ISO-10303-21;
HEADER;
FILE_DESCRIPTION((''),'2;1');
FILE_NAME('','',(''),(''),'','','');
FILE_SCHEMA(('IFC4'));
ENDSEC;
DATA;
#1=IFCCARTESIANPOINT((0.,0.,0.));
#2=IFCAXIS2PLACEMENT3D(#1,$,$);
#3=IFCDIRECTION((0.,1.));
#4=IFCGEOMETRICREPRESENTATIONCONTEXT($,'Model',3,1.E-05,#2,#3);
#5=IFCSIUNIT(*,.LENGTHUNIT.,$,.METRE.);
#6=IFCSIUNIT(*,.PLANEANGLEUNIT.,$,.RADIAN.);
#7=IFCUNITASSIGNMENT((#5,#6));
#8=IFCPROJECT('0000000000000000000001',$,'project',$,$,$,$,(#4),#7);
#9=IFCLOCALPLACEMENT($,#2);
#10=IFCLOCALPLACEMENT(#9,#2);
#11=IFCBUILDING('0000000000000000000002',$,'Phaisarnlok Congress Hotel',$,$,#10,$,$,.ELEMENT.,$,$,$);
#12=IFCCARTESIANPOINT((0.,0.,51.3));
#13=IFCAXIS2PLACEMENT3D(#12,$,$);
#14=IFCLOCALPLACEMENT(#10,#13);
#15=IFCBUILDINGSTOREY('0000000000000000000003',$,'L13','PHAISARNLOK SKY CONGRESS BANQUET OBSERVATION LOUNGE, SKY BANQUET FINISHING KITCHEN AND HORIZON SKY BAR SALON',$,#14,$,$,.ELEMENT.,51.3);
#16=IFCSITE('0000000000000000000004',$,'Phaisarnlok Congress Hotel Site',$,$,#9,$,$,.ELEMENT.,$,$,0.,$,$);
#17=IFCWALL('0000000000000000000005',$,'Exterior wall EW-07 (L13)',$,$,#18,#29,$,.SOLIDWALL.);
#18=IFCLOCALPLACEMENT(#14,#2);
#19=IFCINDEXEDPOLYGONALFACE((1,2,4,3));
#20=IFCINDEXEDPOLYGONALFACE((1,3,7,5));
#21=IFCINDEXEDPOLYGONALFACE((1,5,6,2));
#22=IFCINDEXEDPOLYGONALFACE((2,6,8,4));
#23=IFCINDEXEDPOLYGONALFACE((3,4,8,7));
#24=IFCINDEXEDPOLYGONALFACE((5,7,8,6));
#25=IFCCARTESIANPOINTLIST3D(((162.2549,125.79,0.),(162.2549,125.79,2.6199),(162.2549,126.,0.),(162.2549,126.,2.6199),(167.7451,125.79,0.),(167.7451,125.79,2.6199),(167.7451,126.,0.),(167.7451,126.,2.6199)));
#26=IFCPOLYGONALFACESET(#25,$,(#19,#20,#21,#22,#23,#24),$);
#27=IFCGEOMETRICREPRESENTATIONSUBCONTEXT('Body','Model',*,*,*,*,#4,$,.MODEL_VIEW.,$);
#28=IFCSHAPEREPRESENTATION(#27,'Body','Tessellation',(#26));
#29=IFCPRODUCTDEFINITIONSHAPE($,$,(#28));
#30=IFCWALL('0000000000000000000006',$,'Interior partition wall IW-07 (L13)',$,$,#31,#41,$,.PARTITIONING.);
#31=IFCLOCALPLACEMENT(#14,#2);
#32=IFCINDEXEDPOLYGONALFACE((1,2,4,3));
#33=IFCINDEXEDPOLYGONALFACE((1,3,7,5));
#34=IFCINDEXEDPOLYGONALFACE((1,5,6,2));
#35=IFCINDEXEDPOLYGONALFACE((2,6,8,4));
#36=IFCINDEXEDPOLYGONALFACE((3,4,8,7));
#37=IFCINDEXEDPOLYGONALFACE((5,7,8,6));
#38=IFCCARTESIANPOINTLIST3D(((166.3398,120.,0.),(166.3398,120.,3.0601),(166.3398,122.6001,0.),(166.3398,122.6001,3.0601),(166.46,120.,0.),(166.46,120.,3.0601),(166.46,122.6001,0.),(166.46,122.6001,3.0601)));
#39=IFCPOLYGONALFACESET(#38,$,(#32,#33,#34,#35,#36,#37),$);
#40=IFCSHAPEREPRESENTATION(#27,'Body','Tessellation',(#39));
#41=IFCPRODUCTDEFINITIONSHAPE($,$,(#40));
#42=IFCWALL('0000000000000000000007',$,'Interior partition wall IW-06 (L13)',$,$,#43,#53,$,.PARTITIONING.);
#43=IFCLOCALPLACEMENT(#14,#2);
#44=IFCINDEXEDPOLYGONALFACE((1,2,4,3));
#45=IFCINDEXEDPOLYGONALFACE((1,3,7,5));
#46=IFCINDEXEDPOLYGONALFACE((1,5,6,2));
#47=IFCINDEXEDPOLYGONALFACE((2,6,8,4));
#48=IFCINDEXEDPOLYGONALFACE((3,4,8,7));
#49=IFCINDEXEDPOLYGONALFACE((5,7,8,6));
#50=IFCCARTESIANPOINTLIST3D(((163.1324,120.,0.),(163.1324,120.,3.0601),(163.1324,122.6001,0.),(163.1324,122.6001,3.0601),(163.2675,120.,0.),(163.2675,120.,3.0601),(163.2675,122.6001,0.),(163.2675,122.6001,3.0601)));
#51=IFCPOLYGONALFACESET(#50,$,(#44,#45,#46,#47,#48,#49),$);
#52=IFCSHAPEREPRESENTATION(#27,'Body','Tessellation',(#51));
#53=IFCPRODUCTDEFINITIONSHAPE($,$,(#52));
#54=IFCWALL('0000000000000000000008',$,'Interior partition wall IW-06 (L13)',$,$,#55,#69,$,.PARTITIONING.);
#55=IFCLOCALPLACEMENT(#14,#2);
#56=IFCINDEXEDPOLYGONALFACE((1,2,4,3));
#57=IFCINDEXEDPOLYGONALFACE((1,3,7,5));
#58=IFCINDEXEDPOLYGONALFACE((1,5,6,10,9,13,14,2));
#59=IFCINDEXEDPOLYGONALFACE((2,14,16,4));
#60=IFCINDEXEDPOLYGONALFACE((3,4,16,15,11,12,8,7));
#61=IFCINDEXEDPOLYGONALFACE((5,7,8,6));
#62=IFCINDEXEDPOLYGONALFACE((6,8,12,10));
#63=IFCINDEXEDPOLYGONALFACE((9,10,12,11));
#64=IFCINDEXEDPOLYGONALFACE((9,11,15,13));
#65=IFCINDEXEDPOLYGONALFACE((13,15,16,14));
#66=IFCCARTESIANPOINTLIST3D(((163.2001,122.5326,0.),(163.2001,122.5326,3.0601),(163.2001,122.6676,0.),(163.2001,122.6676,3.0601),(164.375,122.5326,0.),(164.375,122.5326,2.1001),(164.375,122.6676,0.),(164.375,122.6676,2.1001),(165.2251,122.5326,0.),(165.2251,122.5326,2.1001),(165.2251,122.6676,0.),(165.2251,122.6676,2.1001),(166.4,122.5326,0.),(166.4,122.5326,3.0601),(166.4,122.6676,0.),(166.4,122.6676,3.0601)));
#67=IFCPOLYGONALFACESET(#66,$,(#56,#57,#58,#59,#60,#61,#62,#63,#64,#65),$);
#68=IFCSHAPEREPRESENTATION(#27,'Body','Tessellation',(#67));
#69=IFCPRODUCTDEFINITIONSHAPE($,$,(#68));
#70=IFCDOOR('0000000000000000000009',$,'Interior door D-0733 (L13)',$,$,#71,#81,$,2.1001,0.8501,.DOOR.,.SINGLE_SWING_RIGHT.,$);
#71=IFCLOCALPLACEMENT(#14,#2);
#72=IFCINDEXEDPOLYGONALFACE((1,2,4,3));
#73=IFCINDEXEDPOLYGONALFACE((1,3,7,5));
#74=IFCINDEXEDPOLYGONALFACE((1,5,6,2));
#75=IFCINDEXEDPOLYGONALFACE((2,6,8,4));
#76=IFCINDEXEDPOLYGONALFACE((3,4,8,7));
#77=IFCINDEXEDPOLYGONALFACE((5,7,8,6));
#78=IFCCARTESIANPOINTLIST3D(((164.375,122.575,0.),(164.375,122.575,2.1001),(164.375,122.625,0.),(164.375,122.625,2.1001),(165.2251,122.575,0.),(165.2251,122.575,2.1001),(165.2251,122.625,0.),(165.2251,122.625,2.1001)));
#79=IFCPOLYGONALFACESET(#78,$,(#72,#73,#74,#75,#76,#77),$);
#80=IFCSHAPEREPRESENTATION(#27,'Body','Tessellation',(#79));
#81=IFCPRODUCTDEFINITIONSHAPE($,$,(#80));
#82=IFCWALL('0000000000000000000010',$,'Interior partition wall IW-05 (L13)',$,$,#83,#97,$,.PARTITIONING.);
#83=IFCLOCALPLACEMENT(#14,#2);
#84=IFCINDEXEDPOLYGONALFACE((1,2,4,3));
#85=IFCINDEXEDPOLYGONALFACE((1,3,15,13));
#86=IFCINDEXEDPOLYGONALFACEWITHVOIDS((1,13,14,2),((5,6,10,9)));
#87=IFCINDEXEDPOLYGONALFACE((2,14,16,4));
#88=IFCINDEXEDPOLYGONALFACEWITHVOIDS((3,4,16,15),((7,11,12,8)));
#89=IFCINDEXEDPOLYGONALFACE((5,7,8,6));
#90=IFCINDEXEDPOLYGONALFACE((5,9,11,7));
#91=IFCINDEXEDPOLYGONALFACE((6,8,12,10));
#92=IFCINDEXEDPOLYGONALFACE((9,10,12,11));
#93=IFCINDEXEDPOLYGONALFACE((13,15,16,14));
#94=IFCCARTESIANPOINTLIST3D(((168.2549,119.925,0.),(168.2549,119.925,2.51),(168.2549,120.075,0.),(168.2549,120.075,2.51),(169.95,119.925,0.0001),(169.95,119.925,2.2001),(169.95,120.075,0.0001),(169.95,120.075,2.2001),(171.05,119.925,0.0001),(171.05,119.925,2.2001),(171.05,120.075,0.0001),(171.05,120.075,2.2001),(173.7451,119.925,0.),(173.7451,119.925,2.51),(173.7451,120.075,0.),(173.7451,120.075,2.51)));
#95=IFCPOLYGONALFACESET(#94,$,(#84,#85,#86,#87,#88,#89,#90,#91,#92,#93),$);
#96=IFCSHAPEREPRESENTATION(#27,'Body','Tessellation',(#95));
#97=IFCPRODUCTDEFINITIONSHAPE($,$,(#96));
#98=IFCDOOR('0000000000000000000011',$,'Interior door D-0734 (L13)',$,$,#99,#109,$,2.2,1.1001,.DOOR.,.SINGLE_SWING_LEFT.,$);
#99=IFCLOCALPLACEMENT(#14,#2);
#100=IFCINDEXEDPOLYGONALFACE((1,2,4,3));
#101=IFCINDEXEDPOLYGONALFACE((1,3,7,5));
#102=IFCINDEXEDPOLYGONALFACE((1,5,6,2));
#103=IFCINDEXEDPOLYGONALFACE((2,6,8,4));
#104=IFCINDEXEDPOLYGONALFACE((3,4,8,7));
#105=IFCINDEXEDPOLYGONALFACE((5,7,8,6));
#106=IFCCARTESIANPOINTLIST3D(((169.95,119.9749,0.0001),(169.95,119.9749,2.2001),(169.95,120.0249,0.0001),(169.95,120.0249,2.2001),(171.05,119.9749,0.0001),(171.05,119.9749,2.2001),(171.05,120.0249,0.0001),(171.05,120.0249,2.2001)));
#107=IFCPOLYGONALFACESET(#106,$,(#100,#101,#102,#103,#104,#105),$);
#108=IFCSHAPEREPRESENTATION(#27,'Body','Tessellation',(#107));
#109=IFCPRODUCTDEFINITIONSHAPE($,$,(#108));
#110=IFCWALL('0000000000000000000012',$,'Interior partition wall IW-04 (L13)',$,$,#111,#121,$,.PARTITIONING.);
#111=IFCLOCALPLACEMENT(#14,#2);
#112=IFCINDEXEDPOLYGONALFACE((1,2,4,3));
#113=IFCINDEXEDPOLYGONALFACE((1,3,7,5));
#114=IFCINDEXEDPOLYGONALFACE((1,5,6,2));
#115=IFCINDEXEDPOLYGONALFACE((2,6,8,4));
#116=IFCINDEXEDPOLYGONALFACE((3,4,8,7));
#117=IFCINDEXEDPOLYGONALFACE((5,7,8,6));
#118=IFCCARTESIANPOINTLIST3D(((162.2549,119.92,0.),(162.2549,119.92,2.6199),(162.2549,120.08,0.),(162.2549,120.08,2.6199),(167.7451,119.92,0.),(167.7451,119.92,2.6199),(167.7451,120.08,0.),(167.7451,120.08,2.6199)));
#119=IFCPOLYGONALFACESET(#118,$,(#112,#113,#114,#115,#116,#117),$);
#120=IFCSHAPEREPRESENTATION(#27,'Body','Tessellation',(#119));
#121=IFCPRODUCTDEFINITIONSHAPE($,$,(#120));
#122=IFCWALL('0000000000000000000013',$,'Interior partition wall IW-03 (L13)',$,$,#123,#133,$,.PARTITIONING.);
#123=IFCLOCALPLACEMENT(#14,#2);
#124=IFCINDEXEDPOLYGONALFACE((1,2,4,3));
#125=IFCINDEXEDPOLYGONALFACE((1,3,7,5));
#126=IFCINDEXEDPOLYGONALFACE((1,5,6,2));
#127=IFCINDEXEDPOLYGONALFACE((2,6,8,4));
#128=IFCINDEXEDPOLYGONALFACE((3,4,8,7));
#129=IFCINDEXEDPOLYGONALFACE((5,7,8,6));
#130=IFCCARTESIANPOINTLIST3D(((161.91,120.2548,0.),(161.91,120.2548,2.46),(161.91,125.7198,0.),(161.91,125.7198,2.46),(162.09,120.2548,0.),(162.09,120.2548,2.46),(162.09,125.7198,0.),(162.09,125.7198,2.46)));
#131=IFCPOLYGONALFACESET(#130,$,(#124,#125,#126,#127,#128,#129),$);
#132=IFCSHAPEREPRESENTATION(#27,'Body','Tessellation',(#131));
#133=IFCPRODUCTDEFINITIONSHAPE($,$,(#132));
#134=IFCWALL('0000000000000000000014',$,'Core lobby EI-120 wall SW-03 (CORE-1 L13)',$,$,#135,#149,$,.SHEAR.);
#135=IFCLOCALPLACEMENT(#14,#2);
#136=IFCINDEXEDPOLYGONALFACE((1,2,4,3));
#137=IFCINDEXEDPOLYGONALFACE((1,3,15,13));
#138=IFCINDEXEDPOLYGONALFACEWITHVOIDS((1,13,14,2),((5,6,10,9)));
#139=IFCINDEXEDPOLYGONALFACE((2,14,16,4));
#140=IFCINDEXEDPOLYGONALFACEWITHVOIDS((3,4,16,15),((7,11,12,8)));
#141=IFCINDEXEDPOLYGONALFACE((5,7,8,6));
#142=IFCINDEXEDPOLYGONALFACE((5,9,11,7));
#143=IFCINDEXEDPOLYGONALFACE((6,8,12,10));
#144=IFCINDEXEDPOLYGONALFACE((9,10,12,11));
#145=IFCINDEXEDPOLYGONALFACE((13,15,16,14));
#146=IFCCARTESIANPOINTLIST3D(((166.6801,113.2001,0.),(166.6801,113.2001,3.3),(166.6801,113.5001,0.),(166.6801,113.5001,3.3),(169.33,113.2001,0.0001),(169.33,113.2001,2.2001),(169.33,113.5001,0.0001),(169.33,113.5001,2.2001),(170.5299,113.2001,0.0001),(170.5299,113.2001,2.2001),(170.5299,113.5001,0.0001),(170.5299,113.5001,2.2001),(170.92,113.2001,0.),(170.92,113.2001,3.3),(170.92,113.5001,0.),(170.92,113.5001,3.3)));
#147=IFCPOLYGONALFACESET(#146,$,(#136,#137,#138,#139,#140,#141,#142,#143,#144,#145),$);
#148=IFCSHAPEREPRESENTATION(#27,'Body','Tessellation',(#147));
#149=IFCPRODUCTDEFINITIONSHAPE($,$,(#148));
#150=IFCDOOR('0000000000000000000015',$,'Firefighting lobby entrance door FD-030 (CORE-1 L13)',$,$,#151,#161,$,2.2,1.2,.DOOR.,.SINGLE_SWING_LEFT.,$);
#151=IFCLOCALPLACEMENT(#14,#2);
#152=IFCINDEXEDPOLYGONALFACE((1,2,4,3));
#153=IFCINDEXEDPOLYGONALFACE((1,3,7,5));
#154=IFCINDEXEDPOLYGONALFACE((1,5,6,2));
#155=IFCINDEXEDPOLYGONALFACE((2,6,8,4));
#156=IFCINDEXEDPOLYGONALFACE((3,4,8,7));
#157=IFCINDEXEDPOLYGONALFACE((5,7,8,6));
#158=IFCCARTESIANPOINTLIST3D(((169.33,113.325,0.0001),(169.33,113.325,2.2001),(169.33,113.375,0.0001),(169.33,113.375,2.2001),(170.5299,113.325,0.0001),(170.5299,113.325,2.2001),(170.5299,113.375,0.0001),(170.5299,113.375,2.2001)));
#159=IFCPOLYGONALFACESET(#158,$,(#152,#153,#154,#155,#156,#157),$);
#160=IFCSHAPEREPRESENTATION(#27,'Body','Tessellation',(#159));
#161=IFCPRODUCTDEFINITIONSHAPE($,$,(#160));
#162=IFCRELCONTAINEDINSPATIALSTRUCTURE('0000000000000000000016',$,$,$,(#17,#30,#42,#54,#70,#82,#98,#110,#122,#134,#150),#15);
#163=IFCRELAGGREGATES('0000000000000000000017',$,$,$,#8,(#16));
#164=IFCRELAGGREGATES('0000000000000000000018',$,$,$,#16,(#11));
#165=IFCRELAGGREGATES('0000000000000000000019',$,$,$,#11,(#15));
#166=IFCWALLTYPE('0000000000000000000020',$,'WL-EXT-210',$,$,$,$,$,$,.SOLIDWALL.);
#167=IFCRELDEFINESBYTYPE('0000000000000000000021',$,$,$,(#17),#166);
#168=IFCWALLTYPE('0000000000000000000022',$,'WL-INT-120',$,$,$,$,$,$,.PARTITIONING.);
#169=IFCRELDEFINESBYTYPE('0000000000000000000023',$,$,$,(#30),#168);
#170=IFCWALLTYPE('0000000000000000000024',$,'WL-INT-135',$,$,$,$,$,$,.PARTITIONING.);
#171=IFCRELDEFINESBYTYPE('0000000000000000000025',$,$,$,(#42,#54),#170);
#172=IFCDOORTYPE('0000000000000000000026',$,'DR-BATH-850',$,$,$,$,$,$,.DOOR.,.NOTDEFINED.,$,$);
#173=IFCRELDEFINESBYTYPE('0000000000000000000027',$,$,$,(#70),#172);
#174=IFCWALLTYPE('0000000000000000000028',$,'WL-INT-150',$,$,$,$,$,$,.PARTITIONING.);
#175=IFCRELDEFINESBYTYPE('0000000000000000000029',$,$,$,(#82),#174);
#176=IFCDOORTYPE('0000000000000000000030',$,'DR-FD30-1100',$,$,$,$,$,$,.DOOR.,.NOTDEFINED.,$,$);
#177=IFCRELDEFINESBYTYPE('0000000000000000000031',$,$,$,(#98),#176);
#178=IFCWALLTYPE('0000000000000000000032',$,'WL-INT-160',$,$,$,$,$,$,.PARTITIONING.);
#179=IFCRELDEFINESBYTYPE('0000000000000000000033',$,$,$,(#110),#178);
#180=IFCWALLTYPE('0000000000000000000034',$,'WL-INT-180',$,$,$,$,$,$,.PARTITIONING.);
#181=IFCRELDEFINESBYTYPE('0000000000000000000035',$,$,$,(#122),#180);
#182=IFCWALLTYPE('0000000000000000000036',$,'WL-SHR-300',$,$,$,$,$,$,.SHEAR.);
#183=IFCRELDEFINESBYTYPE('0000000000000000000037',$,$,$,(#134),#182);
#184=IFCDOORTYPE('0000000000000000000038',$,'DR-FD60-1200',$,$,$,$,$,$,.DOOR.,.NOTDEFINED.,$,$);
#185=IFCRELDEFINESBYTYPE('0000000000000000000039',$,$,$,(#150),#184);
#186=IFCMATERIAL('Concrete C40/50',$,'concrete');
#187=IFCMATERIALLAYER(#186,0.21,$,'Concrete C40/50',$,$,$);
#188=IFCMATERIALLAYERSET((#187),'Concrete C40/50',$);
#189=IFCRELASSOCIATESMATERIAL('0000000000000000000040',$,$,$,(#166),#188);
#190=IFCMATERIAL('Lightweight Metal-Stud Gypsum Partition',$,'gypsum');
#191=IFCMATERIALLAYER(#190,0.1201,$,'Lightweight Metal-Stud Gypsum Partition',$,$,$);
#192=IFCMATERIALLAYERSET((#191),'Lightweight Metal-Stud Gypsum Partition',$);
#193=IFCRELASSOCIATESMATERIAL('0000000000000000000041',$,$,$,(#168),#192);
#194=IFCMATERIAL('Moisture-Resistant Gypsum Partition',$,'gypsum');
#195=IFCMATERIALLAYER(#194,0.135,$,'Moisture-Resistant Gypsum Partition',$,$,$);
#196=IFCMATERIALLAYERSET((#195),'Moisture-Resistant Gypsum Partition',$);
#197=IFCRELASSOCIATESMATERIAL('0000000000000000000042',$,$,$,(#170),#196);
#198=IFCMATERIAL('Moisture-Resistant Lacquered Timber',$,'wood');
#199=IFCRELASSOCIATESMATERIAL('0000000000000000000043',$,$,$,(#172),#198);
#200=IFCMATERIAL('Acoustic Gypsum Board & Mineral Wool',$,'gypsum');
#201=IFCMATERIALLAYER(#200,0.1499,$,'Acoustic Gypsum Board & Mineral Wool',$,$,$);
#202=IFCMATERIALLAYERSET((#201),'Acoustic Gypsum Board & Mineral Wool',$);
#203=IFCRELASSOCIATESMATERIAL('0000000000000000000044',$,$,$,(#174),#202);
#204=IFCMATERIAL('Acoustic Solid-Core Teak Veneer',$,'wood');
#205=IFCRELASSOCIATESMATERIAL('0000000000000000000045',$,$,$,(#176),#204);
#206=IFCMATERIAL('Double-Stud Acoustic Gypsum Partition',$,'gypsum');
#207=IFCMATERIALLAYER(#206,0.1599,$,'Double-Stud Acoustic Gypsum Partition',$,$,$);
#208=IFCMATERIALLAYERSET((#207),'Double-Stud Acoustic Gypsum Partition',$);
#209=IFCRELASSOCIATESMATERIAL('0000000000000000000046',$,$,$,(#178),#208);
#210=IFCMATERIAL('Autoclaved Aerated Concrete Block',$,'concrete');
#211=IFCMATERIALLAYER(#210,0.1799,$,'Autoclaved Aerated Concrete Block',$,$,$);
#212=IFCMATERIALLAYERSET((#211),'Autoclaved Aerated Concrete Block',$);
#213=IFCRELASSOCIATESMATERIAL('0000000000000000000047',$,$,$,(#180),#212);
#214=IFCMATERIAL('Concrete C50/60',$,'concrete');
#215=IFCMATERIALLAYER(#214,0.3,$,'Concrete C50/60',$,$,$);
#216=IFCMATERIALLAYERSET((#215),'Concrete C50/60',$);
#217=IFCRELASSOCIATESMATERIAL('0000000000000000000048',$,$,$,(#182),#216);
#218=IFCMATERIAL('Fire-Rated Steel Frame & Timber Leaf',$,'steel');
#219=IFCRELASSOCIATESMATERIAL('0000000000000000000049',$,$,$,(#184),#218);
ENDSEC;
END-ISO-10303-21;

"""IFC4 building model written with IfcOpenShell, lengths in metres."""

from ifc_helpers import new_model, si_unit, direction, frame, frame_2d, origin, place, context, subcontext, project, spatial, rectangle, extrude, material, layer, layer_set, type_object, element, fill, save


model = new_model("IFC4")

# Units and contexts
model_context = context("Model", 3, precision=1e-05, world=origin(), true_north=direction((0.0, 1.0)))
body_context = subcontext(model_context, "Body", "Model", "MODEL_VIEW")
ifc_project = project(units=[si_unit("LENGTHUNIT", "METRE"), si_unit("PLANEANGLEUNIT", "RADIAN")], contexts=[model_context])

# Site, building, storey
site_placement = place(None, origin())
site = spatial("IfcSite", under=ifc_project, at=site_placement, Name="Phaisarnlok Congress Hotel Site", CompositionType="ELEMENT", RefElevation=0.0)
building_placement = place(site_placement, origin())
building = spatial("IfcBuilding", under=site, at=building_placement, Name="Phaisarnlok Congress Hotel", CompositionType="ELEMENT")
storey_placement = place(building_placement, frame((0.0, 0.0, 51.3)))
storey = spatial("IfcBuildingStorey", under=building, at=storey_placement, Name="L13", Description="PHAISARNLOK SKY CONGRESS BANQUET OBSERVATION LOUNGE, SKY BANQUET FINISHING KITCHEN AND HORIZON SKY BAR SALON", CompositionType="ELEMENT", Elevation=51.3)

# Shared definitions
ifc_material_1 = material(Name="Concrete C50/60", Category="concrete")

# Shared definitions
ifc_material_2 = material(Name="Concrete C40/50", Category="concrete")

# Walls
ifc_layer_1 = layer(ifc_material_2, 0.21, Name="Concrete C40/50")
ifc_layer_set_1 = layer_set([ifc_layer_1], Name="Concrete C40/50")
wall_type_1 = type_object("IfcWallType", Name="WL-EXT-210", PredefinedType="SOLIDWALL", material=ifc_layer_set_1)
wall_1_placement = place(storey_placement, frame((167.7451, 125.895, 0.0), z_axis=(0.0, 0.0, 1.0), x_axis=(-1.0, 0.0, 0.0)))
element("IfcWall", 1, at=wall_1_placement, inside=storey, type_object=wall_type_1, Name="Exterior wall EW-07 (L13)", PredefinedType="SOLIDWALL", context=body_context, shape_type="SweptSolid", body=[
    extrude(rectangle(XDim=5.4902, YDim=0.21, at=frame_2d((2.7451, 0.0))), origin(), (0.0, 0.0, 1.0), 2.6199),
])
ifc_material_3 = material(Name="Lightweight Metal-Stud Gypsum Partition", Category="gypsum")
ifc_layer_2 = layer(ifc_material_3, 0.1201, Name="Lightweight Metal-Stud Gypsum Partition")
ifc_layer_set_2 = layer_set([ifc_layer_2], Name="Lightweight Metal-Stud Gypsum Partition")
wall_type_2 = type_object("IfcWallType", Name="WL-INT-120", PredefinedType="PARTITIONING", material=ifc_layer_set_2)
wall_2_placement = place(storey_placement, frame((166.3999, 120.0, 0.0), z_axis=(0.0, 0.0, 1.0), x_axis=(0.0, 1.0, 0.0)))
element("IfcWall", 2, at=wall_2_placement, inside=storey, type_object=wall_type_2, Name="Interior partition wall IW-07 (L13)", PredefinedType="PARTITIONING", context=body_context, shape_type="SweptSolid", body=[
    extrude(rectangle(XDim=2.6001, YDim=0.1201, at=frame_2d((1.3, 0.0))), origin(), (0.0, 0.0, 1.0), 3.0601),
])
ifc_material_4 = material(Name="Moisture-Resistant Gypsum Partition", Category="gypsum")
ifc_layer_3 = layer(ifc_material_4, 0.135, Name="Moisture-Resistant Gypsum Partition")
ifc_layer_set_3 = layer_set([ifc_layer_3], Name="Moisture-Resistant Gypsum Partition")
wall_type_3 = type_object("IfcWallType", Name="WL-INT-135", PredefinedType="PARTITIONING", material=ifc_layer_set_3)
wall_3_placement = place(storey_placement, frame((163.2, 120.0, 0.0), z_axis=(0.0, 0.0, 1.0), x_axis=(0.0, 1.0, 0.0)))
element("IfcWall", 3, at=wall_3_placement, inside=storey, type_object=wall_type_3, Name="Interior partition wall IW-06 (L13)", PredefinedType="PARTITIONING", context=body_context, shape_type="SweptSolid", body=[
    extrude(rectangle(XDim=2.6001, YDim=0.135, at=frame_2d((1.3, 0.0))), origin(), (0.0, 0.0, 1.0), 3.0601),
])

# Walls, openings, doors
wall_4_placement = place(storey_placement, frame((163.2, 122.6001, 0.0), z_axis=(0.0, 0.0, 1.0), x_axis=(1.0, 0.0, 0.0)))
wall_4 = element("IfcWall", 4, at=wall_4_placement, inside=storey, type_object=wall_type_3, Name="Interior partition wall IW-06 (L13)", PredefinedType="PARTITIONING", context=body_context, shape_type="SweptSolid", body=[
    extrude(rectangle(XDim=3.2, YDim=0.135, at=frame_2d((1.6001, 0.0))), origin(), (0.0, 0.0, 1.0), 3.0601),
])
opening_1_placement = place(wall_4_placement, frame((1.175, 0.0, 0.0)))
opening_1 = element("IfcOpeningElement", 5, at=opening_1_placement, cuts=wall_4, PredefinedType="OPENING", context=body_context, shape_type="SweptSolid", body=[
    extrude(rectangle(XDim=0.8501, YDim=2.1001, at=frame_2d((0.425, 1.05))), frame((0.0, 0.0776, 0.0), z_axis=(0.0, -1.0, 0.0), x_axis=(1.0, 0.0, 0.0)), (0.0, 0.0, 1.0), 0.155),
])
ifc_material_5 = material(Name="Moisture-Resistant Lacquered Timber", Category="wood")
door_type_1 = type_object("IfcDoorType", Name="DR-BATH-850", OperationType="NOTDEFINED", PredefinedType="DOOR", material=ifc_material_5)
door_1_placement = place(opening_1_placement, origin())
door_1 = element("IfcDoor", 6, at=door_1_placement, inside=storey, type_object=door_type_1, Name="Interior door D-0733 (L13)", OperationType="SINGLE_SWING_RIGHT", OverallHeight=2.1001, OverallWidth=0.8501, PredefinedType="DOOR", context=body_context, shape_type="SweptSolid", body=[
    extrude(rectangle(XDim=0.8501, YDim=2.1001, at=frame_2d((0.425, 1.05))), frame((0.0, 0.0249, 0.0), z_axis=(0.0, -1.0, 0.0), x_axis=(1.0, 0.0, 0.0)), (0.0, 0.0, 1.0), 0.05),
])
fill(opening_1, door_1)
ifc_material_6 = material(Name="Acoustic Gypsum Board & Mineral Wool", Category="gypsum")
ifc_layer_4 = layer(ifc_material_6, 0.1499, Name="Acoustic Gypsum Board & Mineral Wool")
ifc_layer_set_4 = layer_set([ifc_layer_4], Name="Acoustic Gypsum Board & Mineral Wool")
wall_type_4 = type_object("IfcWallType", Name="WL-INT-150", PredefinedType="PARTITIONING", material=ifc_layer_set_4)
wall_5_placement = place(storey_placement, frame((168.2549, 120.0, 0.0), z_axis=(0.0, 0.0, 1.0), x_axis=(1.0, 0.0, 0.0)))
wall_5 = element("IfcWall", 7, at=wall_5_placement, inside=storey, type_object=wall_type_4, Name="Interior partition wall IW-05 (L13)", PredefinedType="PARTITIONING", context=body_context, shape_type="SweptSolid", body=[
    extrude(rectangle(XDim=5.4902, YDim=0.1499, at=frame_2d((2.7451, 0.0))), origin(), (0.0, 0.0, 1.0), 2.51),
])
opening_2_placement = place(wall_5_placement, frame((1.6951, 0.0, 0.0)))
opening_2 = element("IfcOpeningElement", 8, at=opening_2_placement, cuts=wall_5, PredefinedType="OPENING", context=body_context, shape_type="SweptSolid", body=[
    extrude(rectangle(XDim=1.1001, YDim=2.2, at=frame_2d((0.55, 1.1001))), frame((0.0, 0.085, 0.0), z_axis=(0.0, -1.0, 0.0), x_axis=(1.0, 0.0, 0.0)), (0.0, 0.0, 1.0), 0.1699),
])
ifc_material_7 = material(Name="Acoustic Solid-Core Teak Veneer", Category="wood")
door_type_2 = type_object("IfcDoorType", Name="DR-FD30-1100", OperationType="NOTDEFINED", PredefinedType="DOOR", material=ifc_material_7)
door_2_placement = place(opening_2_placement, origin())
door_2 = element("IfcDoor", 9, at=door_2_placement, inside=storey, type_object=door_type_2, Name="Interior door D-0734 (L13)", OperationType="SINGLE_SWING_LEFT", OverallHeight=2.2, OverallWidth=1.1001, PredefinedType="DOOR", context=body_context, shape_type="SweptSolid", body=[
    extrude(rectangle(XDim=1.1001, YDim=2.2, at=frame_2d((0.55, 1.1001))), frame((0.0, 0.0249, 0.0), z_axis=(0.0, -1.0, 0.0), x_axis=(1.0, 0.0, 0.0)), (0.0, 0.0, 1.0), 0.05),
])
fill(opening_2, door_2)

# Walls
ifc_material_8 = material(Name="Double-Stud Acoustic Gypsum Partition", Category="gypsum")
ifc_layer_5 = layer(ifc_material_8, 0.1599, Name="Double-Stud Acoustic Gypsum Partition")
ifc_layer_set_5 = layer_set([ifc_layer_5], Name="Double-Stud Acoustic Gypsum Partition")
wall_type_5 = type_object("IfcWallType", Name="WL-INT-160", PredefinedType="PARTITIONING", material=ifc_layer_set_5)
wall_6_placement = place(storey_placement, frame((162.2549, 120.0, 0.0), z_axis=(0.0, 0.0, 1.0), x_axis=(1.0, 0.0, 0.0)))
element("IfcWall", 10, at=wall_6_placement, inside=storey, type_object=wall_type_5, Name="Interior partition wall IW-04 (L13)", PredefinedType="PARTITIONING", context=body_context, shape_type="SweptSolid", body=[
    extrude(rectangle(XDim=5.4902, YDim=0.1599, at=frame_2d((2.7451, 0.0))), origin(), (0.0, 0.0, 1.0), 2.6199),
])
ifc_material_9 = material(Name="Autoclaved Aerated Concrete Block", Category="concrete")
ifc_layer_6 = layer(ifc_material_9, 0.1799, Name="Autoclaved Aerated Concrete Block")
ifc_layer_set_6 = layer_set([ifc_layer_6], Name="Autoclaved Aerated Concrete Block")
wall_type_6 = type_object("IfcWallType", Name="WL-INT-180", PredefinedType="PARTITIONING", material=ifc_layer_set_6)
wall_7_placement = place(storey_placement, frame((162.0, 120.2549, 0.0), z_axis=(0.0, 0.0, 1.0), x_axis=(0.0, 1.0, 0.0)))
element("IfcWall", 11, at=wall_7_placement, inside=storey, type_object=wall_type_6, Name="Interior partition wall IW-03 (L13)", PredefinedType="PARTITIONING", context=body_context, shape_type="SweptSolid", body=[
    extrude(rectangle(XDim=5.4651, YDim=0.1799, at=frame_2d((2.7324, 0.0))), origin(), (0.0, 0.0, 1.0), 2.46),
])

# Wall, opening, door
ifc_material_10 = material(Name="Fire-Rated Steel Frame & Timber Leaf", Category="steel")
ifc_layer_7 = layer(ifc_material_1, 0.3, Name="Concrete C50/60")
ifc_layer_set_7 = layer_set([ifc_layer_7], Name="Concrete C50/60")
wall_type_7 = type_object("IfcWallType", Name="WL-SHR-300", PredefinedType="SHEAR", material=ifc_layer_set_7)
wall_8_placement = place(storey_placement, frame((166.6799, 113.3501, 0.0), z_axis=(0.0, 0.0, 1.0), x_axis=(1.0, 0.0, 0.0)))
wall_8 = element("IfcWall", 12, at=wall_8_placement, inside=storey, type_object=wall_type_7, Name="Core lobby EI-120 wall SW-03 (CORE-1 L13)", PredefinedType="SHEAR", context=body_context, shape_type="SweptSolid", body=[
    extrude(rectangle(XDim=4.24, YDim=0.3, at=frame_2d((2.1201, 0.0))), origin(), (0.0, 0.0, 1.0), 3.3),
])
opening_3_placement = place(wall_8_placement, frame((2.6499, 0.0, 0.0)))
opening_3 = element("IfcOpeningElement", 13, at=opening_3_placement, cuts=wall_8, PredefinedType="OPENING", context=body_context, shape_type="SweptSolid", body=[
    extrude(rectangle(XDim=1.2, YDim=2.2, at=frame_2d((0.6001, 1.1001))), frame((0.0, 0.1602, 0.0), z_axis=(0.0, -1.0, 0.0), x_axis=(1.0, 0.0, 0.0)), (0.0, 0.0, 1.0), 0.3201),
])
door_type_3 = type_object("IfcDoorType", Name="DR-FD60-1200", OperationType="NOTDEFINED", PredefinedType="DOOR", material=ifc_material_10)
door_3_placement = place(opening_3_placement, origin())
door_3 = element("IfcDoor", 14, at=door_3_placement, inside=storey, type_object=door_type_3, Name="Firefighting lobby entrance door FD-030 (CORE-1 L13)", OperationType="SINGLE_SWING_LEFT", OverallHeight=2.2, OverallWidth=1.2, PredefinedType="DOOR", context=body_context, shape_type="SweptSolid", body=[
    extrude(rectangle(XDim=1.2, YDim=2.2, at=frame_2d((0.6001, 1.1001))), frame((0.0, 0.0249, 0.0), z_axis=(0.0, -1.0, 0.0), x_axis=(1.0, 0.0, 0.0)), (0.0, 0.0, 1.0), 0.05),
])
fill(opening_3, door_3)

save(model, "model.ifc")
